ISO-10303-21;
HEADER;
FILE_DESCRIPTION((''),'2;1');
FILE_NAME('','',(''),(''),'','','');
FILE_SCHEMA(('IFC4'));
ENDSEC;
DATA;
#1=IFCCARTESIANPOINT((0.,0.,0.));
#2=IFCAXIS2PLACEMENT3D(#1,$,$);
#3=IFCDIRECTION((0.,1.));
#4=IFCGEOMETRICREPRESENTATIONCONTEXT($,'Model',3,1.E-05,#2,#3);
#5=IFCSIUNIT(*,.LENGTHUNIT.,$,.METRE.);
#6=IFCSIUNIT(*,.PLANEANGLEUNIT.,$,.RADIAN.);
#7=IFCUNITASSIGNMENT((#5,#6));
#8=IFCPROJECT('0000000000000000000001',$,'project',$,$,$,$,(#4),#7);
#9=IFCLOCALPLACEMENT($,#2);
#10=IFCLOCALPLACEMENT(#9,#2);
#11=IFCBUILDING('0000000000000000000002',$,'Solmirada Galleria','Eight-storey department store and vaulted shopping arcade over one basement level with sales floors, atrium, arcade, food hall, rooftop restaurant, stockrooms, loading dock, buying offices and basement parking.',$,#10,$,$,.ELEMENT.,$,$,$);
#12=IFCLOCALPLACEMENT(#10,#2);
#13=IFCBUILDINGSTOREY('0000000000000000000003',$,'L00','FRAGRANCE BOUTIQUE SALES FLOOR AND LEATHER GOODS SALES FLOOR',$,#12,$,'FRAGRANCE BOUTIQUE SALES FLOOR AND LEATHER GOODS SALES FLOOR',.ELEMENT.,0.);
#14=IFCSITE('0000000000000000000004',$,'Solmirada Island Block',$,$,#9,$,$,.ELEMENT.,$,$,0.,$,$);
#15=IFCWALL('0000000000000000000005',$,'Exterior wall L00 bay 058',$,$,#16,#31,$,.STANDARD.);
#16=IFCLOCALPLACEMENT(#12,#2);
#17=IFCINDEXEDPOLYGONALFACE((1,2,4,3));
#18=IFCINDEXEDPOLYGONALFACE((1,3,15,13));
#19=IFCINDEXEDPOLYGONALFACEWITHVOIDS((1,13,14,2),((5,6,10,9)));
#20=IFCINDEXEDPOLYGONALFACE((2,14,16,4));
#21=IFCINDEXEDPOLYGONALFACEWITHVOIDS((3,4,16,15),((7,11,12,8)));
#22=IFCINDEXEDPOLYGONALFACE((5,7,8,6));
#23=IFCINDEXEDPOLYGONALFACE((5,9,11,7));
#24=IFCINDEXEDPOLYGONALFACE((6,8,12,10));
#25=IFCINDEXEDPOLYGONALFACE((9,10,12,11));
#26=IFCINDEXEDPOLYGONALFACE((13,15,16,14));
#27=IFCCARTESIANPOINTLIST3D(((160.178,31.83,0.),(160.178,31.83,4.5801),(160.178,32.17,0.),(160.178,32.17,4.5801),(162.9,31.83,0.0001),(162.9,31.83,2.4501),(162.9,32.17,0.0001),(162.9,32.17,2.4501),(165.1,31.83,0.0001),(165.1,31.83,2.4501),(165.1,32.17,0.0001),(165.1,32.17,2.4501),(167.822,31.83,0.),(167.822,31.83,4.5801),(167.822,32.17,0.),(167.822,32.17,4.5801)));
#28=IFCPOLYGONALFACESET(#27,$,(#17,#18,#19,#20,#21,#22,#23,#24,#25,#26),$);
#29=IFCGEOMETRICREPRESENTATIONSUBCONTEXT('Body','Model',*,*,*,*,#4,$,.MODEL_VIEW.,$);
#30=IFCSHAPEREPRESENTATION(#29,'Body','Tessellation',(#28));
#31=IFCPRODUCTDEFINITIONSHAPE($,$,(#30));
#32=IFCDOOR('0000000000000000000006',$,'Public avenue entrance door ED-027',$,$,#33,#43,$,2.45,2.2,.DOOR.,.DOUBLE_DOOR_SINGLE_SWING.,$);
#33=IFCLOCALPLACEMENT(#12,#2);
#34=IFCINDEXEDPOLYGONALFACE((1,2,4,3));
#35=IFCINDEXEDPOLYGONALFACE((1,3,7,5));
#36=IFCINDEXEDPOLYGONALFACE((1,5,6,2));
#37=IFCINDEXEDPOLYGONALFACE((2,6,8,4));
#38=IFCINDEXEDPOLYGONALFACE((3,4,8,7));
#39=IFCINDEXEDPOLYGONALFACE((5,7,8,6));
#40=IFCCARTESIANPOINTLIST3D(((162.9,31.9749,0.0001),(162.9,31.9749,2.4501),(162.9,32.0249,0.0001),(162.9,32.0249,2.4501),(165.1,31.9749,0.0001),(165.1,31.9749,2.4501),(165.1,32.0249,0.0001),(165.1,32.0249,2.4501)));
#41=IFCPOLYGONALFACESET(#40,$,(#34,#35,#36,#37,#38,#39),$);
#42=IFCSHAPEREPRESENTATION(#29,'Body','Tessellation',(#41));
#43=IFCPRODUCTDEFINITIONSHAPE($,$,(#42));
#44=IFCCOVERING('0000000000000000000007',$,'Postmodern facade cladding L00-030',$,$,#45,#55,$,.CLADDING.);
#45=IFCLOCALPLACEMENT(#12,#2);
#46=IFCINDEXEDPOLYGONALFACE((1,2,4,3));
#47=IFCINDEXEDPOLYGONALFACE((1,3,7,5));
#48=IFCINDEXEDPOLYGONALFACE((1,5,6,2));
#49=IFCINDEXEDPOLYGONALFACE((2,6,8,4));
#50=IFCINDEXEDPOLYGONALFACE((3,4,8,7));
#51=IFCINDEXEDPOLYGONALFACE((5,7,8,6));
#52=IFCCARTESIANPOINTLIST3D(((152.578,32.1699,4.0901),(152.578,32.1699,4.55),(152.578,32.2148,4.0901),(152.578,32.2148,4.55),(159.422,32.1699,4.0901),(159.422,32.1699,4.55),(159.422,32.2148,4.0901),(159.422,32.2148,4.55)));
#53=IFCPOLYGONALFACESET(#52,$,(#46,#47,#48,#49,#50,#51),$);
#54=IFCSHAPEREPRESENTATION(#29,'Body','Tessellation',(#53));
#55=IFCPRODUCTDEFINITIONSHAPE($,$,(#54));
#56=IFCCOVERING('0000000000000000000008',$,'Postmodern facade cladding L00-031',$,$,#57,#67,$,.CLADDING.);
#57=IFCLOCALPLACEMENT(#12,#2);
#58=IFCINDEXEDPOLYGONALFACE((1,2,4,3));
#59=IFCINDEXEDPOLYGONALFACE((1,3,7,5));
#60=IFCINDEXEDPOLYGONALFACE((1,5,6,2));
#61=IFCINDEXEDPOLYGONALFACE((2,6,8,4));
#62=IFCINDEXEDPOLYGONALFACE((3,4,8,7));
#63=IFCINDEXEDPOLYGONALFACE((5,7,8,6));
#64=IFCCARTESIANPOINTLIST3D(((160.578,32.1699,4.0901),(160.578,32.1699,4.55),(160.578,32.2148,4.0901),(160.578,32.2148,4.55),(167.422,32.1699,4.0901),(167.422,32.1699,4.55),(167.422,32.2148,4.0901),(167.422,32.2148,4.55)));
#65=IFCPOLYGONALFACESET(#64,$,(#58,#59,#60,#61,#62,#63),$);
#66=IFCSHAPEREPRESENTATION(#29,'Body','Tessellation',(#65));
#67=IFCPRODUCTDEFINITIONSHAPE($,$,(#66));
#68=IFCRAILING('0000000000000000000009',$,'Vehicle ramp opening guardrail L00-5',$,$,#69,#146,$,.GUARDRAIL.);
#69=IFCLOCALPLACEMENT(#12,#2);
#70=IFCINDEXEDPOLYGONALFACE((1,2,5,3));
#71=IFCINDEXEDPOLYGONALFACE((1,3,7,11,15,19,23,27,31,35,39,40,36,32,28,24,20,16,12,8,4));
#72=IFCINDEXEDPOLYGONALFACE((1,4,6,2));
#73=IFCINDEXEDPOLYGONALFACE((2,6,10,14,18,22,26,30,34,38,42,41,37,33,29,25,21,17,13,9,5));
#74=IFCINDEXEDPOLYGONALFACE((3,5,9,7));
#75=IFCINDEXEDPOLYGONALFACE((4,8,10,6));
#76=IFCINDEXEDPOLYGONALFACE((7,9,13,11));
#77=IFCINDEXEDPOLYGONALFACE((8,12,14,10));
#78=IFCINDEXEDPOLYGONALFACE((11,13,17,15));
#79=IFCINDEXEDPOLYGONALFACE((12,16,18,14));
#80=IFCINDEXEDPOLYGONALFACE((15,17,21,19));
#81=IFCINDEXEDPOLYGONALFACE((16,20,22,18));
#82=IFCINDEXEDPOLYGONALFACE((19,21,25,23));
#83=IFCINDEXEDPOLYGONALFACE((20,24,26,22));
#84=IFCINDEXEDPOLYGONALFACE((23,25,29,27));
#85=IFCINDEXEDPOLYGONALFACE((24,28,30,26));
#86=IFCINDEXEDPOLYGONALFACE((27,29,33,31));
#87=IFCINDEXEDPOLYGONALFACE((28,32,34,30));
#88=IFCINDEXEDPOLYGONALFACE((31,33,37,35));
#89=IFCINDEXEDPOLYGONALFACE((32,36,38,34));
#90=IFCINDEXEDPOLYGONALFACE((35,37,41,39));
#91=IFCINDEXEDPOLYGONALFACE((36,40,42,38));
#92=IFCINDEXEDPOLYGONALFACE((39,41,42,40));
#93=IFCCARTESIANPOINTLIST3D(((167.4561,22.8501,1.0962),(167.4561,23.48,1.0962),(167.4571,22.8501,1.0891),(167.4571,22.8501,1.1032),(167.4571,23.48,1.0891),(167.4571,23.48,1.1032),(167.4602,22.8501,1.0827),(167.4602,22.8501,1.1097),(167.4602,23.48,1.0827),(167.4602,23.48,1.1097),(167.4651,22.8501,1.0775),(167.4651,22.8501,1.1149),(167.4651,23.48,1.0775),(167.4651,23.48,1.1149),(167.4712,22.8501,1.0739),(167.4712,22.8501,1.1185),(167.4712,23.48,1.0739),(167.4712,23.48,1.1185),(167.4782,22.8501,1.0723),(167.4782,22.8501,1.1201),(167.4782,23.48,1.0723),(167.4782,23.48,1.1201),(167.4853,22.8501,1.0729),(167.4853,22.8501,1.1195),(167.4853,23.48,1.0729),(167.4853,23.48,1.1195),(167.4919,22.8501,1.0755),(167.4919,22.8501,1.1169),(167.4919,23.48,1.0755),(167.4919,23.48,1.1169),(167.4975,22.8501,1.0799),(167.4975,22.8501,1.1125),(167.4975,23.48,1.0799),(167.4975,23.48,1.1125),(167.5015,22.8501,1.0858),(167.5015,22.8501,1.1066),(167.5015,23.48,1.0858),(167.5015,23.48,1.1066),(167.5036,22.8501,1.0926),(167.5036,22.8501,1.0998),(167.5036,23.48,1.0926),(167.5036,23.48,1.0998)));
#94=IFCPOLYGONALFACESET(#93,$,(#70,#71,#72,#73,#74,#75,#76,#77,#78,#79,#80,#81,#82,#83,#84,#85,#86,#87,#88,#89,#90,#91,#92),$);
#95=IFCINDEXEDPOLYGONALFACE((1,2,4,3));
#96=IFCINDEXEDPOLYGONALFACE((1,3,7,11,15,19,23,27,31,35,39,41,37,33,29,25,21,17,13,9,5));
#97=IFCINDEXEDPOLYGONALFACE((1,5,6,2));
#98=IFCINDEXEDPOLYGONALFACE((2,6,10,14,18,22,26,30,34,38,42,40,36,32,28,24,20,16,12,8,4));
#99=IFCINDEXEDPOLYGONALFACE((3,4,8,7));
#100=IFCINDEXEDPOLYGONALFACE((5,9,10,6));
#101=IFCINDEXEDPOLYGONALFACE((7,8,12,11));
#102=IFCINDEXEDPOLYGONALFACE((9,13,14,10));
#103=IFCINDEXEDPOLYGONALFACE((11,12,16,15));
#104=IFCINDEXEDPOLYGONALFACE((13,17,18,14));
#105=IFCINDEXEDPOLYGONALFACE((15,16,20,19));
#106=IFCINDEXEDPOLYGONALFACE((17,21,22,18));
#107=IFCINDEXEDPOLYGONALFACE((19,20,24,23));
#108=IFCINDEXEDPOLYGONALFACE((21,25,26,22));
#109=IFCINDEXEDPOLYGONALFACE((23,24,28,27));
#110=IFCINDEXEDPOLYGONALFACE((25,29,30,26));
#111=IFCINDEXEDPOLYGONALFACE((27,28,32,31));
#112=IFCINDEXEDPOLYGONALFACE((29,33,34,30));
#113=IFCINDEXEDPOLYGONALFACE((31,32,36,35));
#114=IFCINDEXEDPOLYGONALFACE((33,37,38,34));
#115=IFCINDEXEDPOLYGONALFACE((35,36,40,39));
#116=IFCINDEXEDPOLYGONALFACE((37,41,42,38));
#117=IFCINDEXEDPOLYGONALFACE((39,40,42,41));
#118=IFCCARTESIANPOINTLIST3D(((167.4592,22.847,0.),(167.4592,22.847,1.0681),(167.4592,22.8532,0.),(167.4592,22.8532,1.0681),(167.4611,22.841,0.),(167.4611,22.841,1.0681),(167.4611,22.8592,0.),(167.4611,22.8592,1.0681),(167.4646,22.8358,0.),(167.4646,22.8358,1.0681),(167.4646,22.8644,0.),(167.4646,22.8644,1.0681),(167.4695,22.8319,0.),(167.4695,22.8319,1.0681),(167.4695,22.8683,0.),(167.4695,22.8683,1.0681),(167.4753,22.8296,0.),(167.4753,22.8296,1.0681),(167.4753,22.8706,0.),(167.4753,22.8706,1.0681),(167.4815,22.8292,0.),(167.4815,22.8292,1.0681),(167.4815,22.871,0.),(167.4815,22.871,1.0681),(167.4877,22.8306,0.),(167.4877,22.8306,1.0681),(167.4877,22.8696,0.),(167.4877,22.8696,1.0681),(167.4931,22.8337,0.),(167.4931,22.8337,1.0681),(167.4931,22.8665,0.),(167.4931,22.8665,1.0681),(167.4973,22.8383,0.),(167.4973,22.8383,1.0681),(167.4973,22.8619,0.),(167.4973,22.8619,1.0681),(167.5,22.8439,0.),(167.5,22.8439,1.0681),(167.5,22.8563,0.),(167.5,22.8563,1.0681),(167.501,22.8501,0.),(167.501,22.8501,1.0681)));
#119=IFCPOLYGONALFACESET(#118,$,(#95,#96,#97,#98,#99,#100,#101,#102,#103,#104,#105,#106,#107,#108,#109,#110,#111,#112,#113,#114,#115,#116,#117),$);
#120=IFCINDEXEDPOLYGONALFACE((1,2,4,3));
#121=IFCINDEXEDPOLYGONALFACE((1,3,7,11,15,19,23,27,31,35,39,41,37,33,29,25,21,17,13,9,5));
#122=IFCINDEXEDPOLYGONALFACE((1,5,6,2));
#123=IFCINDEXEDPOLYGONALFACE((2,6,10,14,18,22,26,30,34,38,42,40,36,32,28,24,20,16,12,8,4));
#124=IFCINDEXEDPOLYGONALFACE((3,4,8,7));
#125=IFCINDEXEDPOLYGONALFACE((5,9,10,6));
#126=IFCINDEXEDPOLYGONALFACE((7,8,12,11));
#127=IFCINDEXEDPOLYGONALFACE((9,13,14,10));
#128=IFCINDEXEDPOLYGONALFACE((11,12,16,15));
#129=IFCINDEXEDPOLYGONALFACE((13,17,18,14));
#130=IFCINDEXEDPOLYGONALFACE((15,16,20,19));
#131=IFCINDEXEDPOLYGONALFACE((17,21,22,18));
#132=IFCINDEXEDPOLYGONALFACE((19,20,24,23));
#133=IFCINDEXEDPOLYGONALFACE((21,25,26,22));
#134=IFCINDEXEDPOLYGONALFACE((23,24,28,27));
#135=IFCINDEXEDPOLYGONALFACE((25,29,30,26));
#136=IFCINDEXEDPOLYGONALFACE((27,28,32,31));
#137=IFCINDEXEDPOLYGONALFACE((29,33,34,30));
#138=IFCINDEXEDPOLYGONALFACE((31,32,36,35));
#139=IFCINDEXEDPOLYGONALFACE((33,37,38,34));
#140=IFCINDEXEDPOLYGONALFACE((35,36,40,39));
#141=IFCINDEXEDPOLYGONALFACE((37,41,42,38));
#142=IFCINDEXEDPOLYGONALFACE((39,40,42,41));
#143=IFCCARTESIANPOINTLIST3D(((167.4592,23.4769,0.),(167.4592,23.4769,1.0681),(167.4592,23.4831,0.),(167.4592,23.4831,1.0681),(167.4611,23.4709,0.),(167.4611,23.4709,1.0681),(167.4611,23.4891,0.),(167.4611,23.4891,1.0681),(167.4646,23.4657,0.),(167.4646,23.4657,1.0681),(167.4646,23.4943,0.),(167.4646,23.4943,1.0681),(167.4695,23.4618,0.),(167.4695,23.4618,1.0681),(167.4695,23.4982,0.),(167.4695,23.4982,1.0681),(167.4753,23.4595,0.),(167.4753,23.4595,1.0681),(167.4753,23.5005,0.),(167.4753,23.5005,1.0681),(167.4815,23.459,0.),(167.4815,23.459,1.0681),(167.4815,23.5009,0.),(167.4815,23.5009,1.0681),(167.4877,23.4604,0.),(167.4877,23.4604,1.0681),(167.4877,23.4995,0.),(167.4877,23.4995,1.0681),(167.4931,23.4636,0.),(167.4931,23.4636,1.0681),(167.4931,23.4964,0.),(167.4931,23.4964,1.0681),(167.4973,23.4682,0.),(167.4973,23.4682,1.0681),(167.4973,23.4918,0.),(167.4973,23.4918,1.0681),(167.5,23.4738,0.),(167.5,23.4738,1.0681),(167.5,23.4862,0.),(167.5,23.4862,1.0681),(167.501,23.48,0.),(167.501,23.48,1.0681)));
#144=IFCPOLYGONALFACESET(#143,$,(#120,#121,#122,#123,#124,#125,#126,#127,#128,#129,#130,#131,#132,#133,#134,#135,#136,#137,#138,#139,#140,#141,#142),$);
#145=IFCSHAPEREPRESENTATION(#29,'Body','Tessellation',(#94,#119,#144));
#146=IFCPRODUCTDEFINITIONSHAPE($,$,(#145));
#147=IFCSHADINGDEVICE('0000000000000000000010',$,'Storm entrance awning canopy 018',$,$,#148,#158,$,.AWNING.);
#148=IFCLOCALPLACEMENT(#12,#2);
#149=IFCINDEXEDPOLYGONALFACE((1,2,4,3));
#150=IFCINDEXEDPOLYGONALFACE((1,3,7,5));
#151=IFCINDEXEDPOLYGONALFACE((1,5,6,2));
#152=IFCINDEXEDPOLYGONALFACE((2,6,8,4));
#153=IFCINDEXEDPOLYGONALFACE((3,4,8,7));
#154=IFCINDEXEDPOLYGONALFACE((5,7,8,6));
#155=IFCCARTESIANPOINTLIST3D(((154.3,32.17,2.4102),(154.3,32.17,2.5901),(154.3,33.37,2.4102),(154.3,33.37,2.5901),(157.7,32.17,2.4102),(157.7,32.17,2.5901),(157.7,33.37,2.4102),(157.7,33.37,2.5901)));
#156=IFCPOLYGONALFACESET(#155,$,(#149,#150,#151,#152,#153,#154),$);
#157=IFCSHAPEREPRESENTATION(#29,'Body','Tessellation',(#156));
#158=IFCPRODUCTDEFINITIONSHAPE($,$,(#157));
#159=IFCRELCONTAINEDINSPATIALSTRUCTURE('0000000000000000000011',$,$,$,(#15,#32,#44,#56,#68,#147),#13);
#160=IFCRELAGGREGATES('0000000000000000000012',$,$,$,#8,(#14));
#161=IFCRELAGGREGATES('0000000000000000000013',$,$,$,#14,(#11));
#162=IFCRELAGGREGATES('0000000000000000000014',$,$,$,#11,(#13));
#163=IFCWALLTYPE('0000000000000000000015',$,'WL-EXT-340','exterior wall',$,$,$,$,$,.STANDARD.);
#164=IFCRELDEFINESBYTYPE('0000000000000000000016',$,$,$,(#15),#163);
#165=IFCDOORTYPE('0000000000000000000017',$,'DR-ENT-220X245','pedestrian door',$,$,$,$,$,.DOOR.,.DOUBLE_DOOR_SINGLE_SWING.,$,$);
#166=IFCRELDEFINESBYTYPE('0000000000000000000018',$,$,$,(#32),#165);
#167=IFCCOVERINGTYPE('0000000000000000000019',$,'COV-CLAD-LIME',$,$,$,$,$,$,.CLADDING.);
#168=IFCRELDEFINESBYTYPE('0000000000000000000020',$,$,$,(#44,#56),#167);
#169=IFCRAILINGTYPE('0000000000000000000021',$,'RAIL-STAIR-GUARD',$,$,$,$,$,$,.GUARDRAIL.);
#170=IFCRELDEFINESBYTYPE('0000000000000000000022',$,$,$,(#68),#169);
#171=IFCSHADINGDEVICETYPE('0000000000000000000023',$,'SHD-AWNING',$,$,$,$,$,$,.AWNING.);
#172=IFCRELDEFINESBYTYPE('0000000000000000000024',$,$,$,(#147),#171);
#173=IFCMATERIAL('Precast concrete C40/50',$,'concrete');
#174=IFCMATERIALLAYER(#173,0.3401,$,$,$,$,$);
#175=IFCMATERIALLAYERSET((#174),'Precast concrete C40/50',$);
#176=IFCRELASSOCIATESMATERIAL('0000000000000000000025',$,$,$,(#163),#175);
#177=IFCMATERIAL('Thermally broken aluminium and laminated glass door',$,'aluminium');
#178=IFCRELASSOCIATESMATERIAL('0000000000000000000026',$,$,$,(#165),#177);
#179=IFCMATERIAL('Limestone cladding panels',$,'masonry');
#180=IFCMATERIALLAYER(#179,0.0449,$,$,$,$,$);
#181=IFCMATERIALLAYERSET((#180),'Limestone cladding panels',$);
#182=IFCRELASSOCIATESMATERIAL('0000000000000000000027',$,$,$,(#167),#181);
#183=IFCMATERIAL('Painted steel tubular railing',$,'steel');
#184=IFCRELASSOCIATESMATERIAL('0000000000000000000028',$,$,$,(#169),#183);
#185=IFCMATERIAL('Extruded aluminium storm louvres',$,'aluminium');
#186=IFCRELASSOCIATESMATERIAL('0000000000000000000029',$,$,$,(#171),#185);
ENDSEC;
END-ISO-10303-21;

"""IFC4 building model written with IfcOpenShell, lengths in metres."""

from ifc_helpers import new_model, si_unit, direction, frame, frame_2d, origin, origin_2d, place, context, subcontext, project, spatial, rectangle, circle, extrude, material, layer, layer_set, type_object, element, fill, save


model = new_model("IFC4")

# Units and contexts
model_context = context("Model", 3, precision=1e-05, world=origin(), true_north=direction((0.0, 1.0)))
body_context = subcontext(model_context, "Body", "Model", "MODEL_VIEW")
ifc_project = project(units=[si_unit("LENGTHUNIT", "METRE"), si_unit("PLANEANGLEUNIT", "RADIAN")], contexts=[model_context])

# Site, building, storey
site_placement = place(None, origin())
site = spatial("IfcSite", under=ifc_project, at=site_placement, Name="Solmirada Island Block", CompositionType="ELEMENT", RefElevation=0.0)
building_placement = place(site_placement, origin())
building = spatial("IfcBuilding", under=site, at=building_placement, Name="Solmirada Galleria", Description="Eight-storey department store and vaulted shopping arcade over one basement level with sales floors, atrium, arcade, food hall, rooftop restaurant, stockrooms, loading dock, buying offices and basement parking.", CompositionType="ELEMENT")
storey_placement = place(building_placement, origin())
storey = spatial("IfcBuildingStorey", under=building, at=storey_placement, Name="L00", Description="FRAGRANCE BOUTIQUE SALES FLOOR AND LEATHER GOODS SALES FLOOR", LongName="FRAGRANCE BOUTIQUE SALES FLOOR AND LEATHER GOODS SALES FLOOR", CompositionType="ELEMENT", Elevation=0.0)

# Wall, opening, door
ifc_material_1 = material(Name="Precast concrete C40/50", Category="concrete")
ifc_layer_1 = layer(ifc_material_1, 0.3401)
ifc_layer_set_1 = layer_set([ifc_layer_1], Name="Precast concrete C40/50")
wall_type = type_object("IfcWallType", Name="WL-EXT-340", Description="exterior wall", PredefinedType="STANDARD", material=ifc_layer_set_1)
wall_placement = place(storey_placement, frame((160.178, 32.0, 0.0), z_axis=(0.0, 0.0, 1.0), x_axis=(1.0, 0.0, 0.0)))
wall = element("IfcWall", 1, at=wall_placement, inside=storey, type_object=wall_type, Name="Exterior wall L00 bay 058", PredefinedType="STANDARD", context=body_context, shape_type="SweptSolid", body=[
    extrude(rectangle(XDim=7.644, YDim=0.3401, at=frame_2d((3.822, 0.0))), origin(), (0.0, 0.0, 1.0), 4.5801),
])
opening_placement = place(wall_placement, frame((2.7219, 0.0, 0.0)))
opening = element("IfcOpeningElement", 2, at=opening_placement, cuts=wall, PredefinedType="OPENING", context=body_context, shape_type="SweptSolid", body=[
    extrude(rectangle(XDim=2.2, YDim=2.45, at=frame_2d((1.1001, 1.2251))), frame((0.0, 0.1799, 0.0), z_axis=(0.0, -1.0, 0.0), x_axis=(1.0, 0.0, 0.0)), (0.0, 0.0, 1.0), 0.3601),
])
ifc_material_2 = material(Name="Thermally broken aluminium and laminated glass door", Category="aluminium")
door_type = type_object("IfcDoorType", Name="DR-ENT-220X245", Description="pedestrian door", OperationType="DOUBLE_DOOR_SINGLE_SWING", PredefinedType="DOOR", material=ifc_material_2)
door_placement = place(opening_placement, origin())
door = element("IfcDoor", 3, at=door_placement, inside=storey, type_object=door_type, Name="Public avenue entrance door ED-027", OperationType="DOUBLE_DOOR_SINGLE_SWING", OverallHeight=2.45, OverallWidth=2.2, PredefinedType="DOOR", context=body_context, shape_type="SweptSolid", body=[
    extrude(rectangle(XDim=2.2, YDim=2.45, at=frame_2d((1.1001, 1.2251))), frame((0.0, 0.0249, 0.0), z_axis=(0.0, -1.0, 0.0), x_axis=(1.0, 0.0, 0.0)), (0.0, 0.0, 1.0), 0.05),
])
fill(opening, door)

# Coverings
ifc_material_3 = material(Name="Limestone cladding panels", Category="masonry")
ifc_layer_2 = layer(ifc_material_3, 0.0449)
ifc_layer_set_2 = layer_set([ifc_layer_2], Name="Limestone cladding panels")
covering_type = type_object("IfcCoveringType", Name="COV-CLAD-LIME", PredefinedType="CLADDING", material=ifc_layer_set_2)
for number, where, z_axis, x_axis, name in (
    (4, (156.0, 32.1924, 4.0901), (0.0, 0.0, 1.0), (1.0, 0.0, 0.0), "Postmodern facade cladding L00-030"),
    (5, (164.0, 32.1924, 4.0901), (0.0, 0.0, 1.0), (1.0, 0.0, 0.0), "Postmodern facade cladding L00-031"),
):
    element("IfcCovering", number, at=place(storey_placement, frame(where, z_axis=z_axis, x_axis=x_axis)), inside=storey, type_object=covering_type, Name=name, PredefinedType="CLADDING", context=body_context, shape_type="SweptSolid", body=[
        extrude(rectangle(XDim=6.844, YDim=0.0449, at=origin_2d()), origin(), (0.0, 0.0, 1.0), 0.46),
    ])

# Railing
ifc_material_4 = material(Name="Painted steel tubular railing", Category="steel")
railing_type = type_object("IfcRailingType", Name="RAIL-STAIR-GUARD", PredefinedType="GUARDRAIL", material=ifc_material_4)
railing_1_placement = place(storey_placement, frame((167.48, 22.8501, 0.0)))
element("IfcRailing", 6, at=railing_1_placement, inside=storey, type_object=railing_type, Name="Vehicle ramp opening guardrail L00-5", PredefinedType="GUARDRAIL", context=body_context, shape_type="SweptSolid", body=[
    extrude(circle(Radius=0.0239, at=origin_2d()), frame((0.0, 0.0, 1.0962), z_axis=(0.0, 1.0, 0.0), x_axis=(-1.0, 0.0, 0.0)), (0.0, 0.0, 1.0), 0.6299),
    extrude(circle(Radius=0.021, at=origin_2d()), origin(), (0.0, 0.0, 1.0), 1.0681),
    extrude(circle(Radius=0.021, at=origin_2d()), frame((0.0, 0.6299, 0.0)), (0.0, 0.0, 1.0), 1.0681),
])

# Shading device
ifc_material_5 = material(Name="Extruded aluminium storm louvres", Category="aluminium")
shading_device_type = type_object("IfcShadingDeviceType", Name="SHD-AWNING", PredefinedType="AWNING", material=ifc_material_5)
shading_device_placement = place(storey_placement, frame((156.0, 32.77, 2.4102), z_axis=(0.0, 0.0, 1.0), x_axis=(1.0, 0.0, 0.0)))
element("IfcShadingDevice", 7, at=shading_device_placement, inside=storey, type_object=shading_device_type, Name="Storm entrance awning canopy 018", PredefinedType="AWNING", context=body_context, shape_type="SweptSolid", body=[
    extrude(rectangle(XDim=3.3999, YDim=1.2, at=origin_2d()), origin(), (0.0, 0.0, 1.0), 0.1799),
])

save(model, "model.ifc")
